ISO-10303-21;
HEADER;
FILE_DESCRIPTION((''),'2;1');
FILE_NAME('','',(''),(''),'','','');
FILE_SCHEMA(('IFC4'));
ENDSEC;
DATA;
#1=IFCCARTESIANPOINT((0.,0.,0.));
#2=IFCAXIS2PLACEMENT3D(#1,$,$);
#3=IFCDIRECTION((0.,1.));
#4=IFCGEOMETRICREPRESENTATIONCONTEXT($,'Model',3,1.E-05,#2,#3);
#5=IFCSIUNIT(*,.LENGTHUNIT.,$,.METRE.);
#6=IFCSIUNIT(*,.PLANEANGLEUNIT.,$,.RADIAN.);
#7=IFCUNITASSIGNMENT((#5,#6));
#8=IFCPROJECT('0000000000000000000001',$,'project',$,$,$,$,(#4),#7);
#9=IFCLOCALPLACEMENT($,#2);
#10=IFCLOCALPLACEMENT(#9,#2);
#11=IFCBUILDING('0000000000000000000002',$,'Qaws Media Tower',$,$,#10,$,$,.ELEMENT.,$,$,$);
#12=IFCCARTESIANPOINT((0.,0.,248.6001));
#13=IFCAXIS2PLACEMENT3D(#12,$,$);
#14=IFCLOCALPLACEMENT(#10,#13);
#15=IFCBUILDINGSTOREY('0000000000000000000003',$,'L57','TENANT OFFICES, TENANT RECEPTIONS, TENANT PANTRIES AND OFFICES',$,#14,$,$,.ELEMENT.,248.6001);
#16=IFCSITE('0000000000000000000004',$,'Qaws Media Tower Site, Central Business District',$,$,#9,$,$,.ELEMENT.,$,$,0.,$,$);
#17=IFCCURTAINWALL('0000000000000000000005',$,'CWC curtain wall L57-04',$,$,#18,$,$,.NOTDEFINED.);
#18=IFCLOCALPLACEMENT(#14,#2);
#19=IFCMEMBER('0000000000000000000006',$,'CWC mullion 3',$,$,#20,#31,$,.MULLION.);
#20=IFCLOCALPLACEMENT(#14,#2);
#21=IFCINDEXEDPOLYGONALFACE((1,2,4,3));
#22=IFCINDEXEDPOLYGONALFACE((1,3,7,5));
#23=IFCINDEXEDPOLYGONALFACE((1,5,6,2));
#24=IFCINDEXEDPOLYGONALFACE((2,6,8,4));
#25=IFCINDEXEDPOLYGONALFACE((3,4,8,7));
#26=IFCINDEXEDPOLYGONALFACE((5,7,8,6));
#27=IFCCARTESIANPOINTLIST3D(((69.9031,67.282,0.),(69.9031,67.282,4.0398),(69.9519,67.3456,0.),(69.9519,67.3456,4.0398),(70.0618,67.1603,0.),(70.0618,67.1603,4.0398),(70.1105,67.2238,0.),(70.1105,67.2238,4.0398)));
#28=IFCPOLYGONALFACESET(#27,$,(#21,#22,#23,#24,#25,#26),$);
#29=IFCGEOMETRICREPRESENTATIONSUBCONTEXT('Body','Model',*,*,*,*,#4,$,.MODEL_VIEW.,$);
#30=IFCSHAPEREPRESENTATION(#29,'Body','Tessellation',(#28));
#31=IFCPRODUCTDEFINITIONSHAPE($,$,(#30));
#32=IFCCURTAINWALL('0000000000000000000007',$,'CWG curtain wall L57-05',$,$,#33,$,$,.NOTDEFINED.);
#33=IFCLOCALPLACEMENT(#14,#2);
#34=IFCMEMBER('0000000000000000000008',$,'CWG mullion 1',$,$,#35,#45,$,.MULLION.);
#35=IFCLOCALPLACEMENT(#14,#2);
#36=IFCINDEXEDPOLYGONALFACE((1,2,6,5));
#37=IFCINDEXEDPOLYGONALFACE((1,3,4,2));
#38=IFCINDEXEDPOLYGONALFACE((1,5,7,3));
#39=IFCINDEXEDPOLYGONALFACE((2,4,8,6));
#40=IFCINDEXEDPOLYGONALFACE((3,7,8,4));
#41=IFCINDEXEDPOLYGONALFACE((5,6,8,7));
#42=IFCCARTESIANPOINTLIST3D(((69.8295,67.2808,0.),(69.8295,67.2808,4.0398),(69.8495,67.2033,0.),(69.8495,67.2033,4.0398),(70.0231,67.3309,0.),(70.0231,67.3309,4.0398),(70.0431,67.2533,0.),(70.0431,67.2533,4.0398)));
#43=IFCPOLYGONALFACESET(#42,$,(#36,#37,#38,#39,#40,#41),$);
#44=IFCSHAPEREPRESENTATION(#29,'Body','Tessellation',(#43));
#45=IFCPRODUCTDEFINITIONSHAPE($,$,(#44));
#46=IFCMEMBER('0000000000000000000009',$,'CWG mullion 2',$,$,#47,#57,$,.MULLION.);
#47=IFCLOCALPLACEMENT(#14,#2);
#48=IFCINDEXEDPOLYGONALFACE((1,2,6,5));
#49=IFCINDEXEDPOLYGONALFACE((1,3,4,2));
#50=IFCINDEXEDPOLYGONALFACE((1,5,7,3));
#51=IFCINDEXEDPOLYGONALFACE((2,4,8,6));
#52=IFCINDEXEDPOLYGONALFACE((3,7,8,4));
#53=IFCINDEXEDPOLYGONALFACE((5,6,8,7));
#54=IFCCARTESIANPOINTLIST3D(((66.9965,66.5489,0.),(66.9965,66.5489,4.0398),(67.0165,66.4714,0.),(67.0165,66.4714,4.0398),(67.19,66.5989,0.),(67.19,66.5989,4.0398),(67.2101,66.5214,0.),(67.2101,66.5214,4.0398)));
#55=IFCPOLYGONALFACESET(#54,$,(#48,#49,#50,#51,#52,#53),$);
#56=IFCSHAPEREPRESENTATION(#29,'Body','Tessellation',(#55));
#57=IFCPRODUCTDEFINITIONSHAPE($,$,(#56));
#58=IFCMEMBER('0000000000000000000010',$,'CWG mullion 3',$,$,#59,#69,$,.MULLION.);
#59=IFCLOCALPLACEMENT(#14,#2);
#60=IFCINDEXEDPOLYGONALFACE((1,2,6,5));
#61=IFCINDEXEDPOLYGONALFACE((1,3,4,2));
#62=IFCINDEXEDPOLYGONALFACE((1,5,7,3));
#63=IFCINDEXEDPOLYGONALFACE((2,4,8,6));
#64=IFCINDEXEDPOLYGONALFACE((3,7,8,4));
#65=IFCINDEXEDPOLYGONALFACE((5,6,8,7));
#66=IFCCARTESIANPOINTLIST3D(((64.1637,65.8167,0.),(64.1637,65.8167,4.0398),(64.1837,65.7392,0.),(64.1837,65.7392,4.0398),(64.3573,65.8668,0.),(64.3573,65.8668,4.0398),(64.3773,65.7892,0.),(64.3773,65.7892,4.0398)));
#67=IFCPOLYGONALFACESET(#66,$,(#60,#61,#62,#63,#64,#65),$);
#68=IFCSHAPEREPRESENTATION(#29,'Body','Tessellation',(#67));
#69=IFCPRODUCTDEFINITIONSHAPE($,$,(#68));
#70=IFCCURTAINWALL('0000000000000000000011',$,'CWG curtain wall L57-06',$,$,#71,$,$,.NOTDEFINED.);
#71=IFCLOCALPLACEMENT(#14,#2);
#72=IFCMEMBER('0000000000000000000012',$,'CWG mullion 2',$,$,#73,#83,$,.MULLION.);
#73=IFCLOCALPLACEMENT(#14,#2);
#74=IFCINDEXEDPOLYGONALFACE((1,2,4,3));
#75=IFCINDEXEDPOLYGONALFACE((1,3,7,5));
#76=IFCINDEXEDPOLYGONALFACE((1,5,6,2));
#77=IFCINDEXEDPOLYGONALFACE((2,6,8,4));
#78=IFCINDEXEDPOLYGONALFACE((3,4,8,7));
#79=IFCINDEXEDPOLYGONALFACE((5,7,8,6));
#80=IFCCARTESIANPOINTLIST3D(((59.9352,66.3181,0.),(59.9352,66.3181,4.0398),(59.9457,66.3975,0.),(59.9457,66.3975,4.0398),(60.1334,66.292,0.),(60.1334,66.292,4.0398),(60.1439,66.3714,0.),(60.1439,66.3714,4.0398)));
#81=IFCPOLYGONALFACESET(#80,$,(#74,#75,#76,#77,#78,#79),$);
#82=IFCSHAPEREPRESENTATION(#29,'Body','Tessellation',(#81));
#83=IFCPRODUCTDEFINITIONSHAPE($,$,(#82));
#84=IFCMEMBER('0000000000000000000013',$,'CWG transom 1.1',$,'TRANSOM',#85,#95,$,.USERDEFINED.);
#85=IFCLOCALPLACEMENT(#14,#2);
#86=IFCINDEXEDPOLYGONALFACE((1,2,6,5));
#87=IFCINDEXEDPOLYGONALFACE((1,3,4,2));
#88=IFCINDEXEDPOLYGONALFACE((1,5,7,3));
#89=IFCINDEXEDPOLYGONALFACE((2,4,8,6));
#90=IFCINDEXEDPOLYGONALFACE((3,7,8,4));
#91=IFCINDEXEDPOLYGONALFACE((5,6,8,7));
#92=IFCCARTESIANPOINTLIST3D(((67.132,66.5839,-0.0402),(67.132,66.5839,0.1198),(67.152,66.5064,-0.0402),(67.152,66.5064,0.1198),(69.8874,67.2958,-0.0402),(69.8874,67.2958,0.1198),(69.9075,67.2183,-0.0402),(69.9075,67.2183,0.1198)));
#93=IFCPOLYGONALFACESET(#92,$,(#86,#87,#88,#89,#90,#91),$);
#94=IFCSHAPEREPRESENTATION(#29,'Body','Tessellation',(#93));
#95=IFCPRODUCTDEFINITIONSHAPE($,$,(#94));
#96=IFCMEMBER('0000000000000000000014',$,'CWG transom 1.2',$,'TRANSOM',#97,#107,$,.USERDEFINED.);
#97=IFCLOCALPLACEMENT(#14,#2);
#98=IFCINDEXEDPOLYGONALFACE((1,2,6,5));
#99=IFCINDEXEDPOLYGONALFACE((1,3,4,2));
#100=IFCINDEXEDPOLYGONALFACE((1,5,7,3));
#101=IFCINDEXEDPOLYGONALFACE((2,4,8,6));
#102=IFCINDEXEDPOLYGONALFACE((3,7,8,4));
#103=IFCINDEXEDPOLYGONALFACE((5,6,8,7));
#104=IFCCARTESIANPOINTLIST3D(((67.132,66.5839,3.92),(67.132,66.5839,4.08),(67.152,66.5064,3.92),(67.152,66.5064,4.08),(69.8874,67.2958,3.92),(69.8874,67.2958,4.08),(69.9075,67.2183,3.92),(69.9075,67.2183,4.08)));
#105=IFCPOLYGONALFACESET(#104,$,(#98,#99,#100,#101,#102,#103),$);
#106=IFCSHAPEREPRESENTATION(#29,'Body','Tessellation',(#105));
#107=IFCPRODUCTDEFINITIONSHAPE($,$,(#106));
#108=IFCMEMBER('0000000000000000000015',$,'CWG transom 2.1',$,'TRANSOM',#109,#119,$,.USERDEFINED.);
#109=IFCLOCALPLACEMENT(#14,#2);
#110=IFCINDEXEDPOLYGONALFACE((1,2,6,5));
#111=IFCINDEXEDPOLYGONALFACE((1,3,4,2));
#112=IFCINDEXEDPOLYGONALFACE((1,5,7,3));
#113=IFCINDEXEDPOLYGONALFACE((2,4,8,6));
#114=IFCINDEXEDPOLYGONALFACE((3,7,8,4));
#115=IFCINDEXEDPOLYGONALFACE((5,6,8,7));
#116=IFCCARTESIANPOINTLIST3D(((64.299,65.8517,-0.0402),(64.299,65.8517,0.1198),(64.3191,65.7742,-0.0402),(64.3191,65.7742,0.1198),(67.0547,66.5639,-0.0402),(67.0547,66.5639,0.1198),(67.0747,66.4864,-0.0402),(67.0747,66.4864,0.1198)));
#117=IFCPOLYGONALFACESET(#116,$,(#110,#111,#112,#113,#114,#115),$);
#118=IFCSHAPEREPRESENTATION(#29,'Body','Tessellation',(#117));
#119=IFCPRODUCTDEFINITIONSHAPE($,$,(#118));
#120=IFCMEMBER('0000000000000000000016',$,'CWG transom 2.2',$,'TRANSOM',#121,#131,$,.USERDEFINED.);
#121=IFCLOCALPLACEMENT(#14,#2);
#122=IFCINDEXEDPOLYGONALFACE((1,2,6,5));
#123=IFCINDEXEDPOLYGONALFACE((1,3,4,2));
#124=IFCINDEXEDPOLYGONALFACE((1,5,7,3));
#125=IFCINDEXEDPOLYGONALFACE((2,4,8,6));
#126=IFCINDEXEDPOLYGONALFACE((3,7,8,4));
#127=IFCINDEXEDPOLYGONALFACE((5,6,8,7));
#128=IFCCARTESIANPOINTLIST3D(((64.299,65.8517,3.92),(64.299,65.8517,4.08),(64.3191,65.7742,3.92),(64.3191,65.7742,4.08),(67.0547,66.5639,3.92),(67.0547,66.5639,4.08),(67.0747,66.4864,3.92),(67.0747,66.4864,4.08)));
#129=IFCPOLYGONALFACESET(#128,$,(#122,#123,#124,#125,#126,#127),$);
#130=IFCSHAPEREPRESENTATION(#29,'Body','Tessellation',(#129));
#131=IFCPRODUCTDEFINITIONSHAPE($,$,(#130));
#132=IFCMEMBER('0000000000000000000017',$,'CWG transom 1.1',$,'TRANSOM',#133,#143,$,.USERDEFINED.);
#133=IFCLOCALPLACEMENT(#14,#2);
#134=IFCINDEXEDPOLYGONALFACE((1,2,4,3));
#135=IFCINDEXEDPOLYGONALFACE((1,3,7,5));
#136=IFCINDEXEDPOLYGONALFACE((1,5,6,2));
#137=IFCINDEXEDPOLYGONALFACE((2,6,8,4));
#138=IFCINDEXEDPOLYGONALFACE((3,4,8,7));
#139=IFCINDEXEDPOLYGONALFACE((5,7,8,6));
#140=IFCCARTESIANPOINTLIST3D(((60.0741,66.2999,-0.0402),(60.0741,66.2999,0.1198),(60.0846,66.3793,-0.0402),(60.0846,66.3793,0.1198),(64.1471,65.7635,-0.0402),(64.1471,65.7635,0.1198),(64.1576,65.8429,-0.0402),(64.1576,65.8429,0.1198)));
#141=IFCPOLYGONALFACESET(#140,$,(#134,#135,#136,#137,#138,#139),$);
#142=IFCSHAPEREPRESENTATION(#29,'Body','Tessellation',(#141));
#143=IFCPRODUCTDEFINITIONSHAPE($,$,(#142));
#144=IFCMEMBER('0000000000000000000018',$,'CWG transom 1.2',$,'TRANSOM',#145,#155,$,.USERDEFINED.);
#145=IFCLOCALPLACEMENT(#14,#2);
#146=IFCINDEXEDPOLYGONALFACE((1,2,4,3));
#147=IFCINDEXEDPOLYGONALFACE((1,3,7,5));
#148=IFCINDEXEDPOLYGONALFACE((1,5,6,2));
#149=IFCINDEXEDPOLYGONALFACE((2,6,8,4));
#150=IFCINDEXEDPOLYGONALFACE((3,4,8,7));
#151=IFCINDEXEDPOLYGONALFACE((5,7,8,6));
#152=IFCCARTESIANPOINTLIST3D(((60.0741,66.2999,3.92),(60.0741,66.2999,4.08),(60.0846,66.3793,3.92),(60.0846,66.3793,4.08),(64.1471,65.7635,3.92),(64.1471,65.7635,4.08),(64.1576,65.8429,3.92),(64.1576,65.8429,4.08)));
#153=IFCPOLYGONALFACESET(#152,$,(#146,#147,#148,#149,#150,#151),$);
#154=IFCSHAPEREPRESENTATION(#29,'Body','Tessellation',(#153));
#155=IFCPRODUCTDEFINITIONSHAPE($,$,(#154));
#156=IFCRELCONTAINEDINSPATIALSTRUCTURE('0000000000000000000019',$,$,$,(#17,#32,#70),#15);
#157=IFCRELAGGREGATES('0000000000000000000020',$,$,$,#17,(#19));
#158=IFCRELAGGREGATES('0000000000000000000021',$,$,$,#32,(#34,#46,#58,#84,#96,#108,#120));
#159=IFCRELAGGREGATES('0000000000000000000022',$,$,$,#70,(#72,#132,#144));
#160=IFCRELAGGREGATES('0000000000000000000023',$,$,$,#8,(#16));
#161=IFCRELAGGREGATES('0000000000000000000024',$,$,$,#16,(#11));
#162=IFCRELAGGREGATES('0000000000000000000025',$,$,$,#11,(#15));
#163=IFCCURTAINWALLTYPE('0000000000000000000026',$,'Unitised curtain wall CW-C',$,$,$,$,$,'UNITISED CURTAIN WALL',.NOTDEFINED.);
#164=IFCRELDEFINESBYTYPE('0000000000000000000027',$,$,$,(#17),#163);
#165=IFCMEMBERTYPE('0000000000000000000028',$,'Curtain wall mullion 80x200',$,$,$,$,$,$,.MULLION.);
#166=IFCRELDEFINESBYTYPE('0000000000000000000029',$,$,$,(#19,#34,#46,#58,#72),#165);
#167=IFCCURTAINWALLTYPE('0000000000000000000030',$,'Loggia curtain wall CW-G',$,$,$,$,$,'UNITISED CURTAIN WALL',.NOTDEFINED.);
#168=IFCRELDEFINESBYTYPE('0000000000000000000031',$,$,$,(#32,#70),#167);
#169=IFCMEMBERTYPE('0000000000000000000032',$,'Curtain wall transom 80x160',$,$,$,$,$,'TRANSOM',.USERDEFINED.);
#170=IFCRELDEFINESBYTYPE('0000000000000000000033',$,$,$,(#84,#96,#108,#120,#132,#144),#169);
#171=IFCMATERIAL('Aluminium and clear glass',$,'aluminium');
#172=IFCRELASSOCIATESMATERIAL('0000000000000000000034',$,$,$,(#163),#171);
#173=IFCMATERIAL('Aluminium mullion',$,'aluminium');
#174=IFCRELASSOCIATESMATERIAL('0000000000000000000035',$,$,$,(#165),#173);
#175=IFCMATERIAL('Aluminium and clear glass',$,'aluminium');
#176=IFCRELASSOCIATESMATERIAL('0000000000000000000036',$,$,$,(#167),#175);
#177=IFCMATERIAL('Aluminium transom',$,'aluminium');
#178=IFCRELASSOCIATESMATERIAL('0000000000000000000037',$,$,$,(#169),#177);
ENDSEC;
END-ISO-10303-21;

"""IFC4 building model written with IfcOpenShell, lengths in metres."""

from ifc_helpers import new_model, si_unit, direction, frame, origin, origin_2d, place, context, subcontext, project, spatial, rectangle, extrude, material, material_profile, profile_set, type_object, element, aggregate, save


model = new_model("IFC4")

# Units and contexts
model_context = context("Model", 3, precision=1e-05, world=origin(), true_north=direction((0.0, 1.0)))
body_context = subcontext(model_context, "Body", "Model", "MODEL_VIEW")
ifc_project = project(units=[si_unit("LENGTHUNIT", "METRE"), si_unit("PLANEANGLEUNIT", "RADIAN")], contexts=[model_context])

# Site, building, storey
site_placement = place(None, origin())
site = spatial("IfcSite", under=ifc_project, at=site_placement, Name="Qaws Media Tower Site, Central Business District", CompositionType="ELEMENT", RefElevation=0.0)
building_placement = place(site_placement, origin())
building = spatial("IfcBuilding", under=site, at=building_placement, Name="Qaws Media Tower", CompositionType="ELEMENT")
storey_placement = place(building_placement, frame((0.0, 0.0, 248.6001)))
storey = spatial("IfcBuildingStorey", under=building, at=storey_placement, Name="L57", Description="TENANT OFFICES, TENANT RECEPTIONS, TENANT PANTRIES AND OFFICES", CompositionType="ELEMENT", Elevation=248.6001)

# Curtain wall, member
ifc_material_1 = material(Name="Aluminium and clear glass", Category="aluminium")
curtain_wall_type_1 = type_object("IfcCurtainWallType", Name="Unitised curtain wall CW-C", ElementType="UNITISED CURTAIN WALL", PredefinedType="NOTDEFINED", material=ifc_material_1)
curtain_wall_1_placement = place(storey_placement, origin())
curtain_wall_1 = element("IfcCurtainWall", 1, at=curtain_wall_1_placement, inside=storey, type_object=curtain_wall_type_1, Name="CWC curtain wall L57-04", PredefinedType="NOTDEFINED")
ifc_material_2 = material(Name="Aluminium mullion", Category="aluminium")
ifc_material_profile_1 = material_profile(ifc_material_2, rectangle(XDim=0.0801, YDim=0.2, at=origin_2d()), Name="80x200")
ifc_profile_set_1 = profile_set([ifc_material_profile_1], Name="Aluminium mullion")
member_type_1 = type_object("IfcMemberType", Name="Curtain wall mullion 80x200", PredefinedType="MULLION", material=ifc_profile_set_1)
member_1_placement = place(storey_placement, frame((70.0068, 67.2529, 0.0), z_axis=(0.0, 0.0, 1.0), x_axis=(-0.608762, -0.793353, 0.0)))
member_1 = element("IfcMember", 2, at=member_1_placement, type_object=member_type_1, Name="CWC mullion 3", PredefinedType="MULLION", context=body_context, shape_type="SweptSolid", body=[
    extrude(rectangle(XDim=0.0801, YDim=0.2, at=origin_2d()), origin(), (0.0, 0.0, 1.0), 4.0398),
])

# Curtain wall, members
ifc_material_3 = material(Name="Aluminium and clear glass", Category="aluminium")
curtain_wall_type_2 = type_object("IfcCurtainWallType", Name="Loggia curtain wall CW-G", ElementType="UNITISED CURTAIN WALL", PredefinedType="NOTDEFINED", material=ifc_material_3)
curtain_wall_2_placement = place(storey_placement, origin())
curtain_wall_2 = element("IfcCurtainWall", 3, at=curtain_wall_2_placement, inside=storey, type_object=curtain_wall_type_2, Name="CWG curtain wall L57-05", PredefinedType="NOTDEFINED")
member_2_placement = place(storey_placement, frame((69.9363, 67.2671, 0.0), z_axis=(0.0, 0.0, 1.0), x_axis=(0.250222, -0.968189, 0.0)))
member_2 = element("IfcMember", 4, at=member_2_placement, type_object=member_type_1, Name="CWG mullion 1", PredefinedType="MULLION", context=body_context, shape_type="SweptSolid", body=[
    extrude(rectangle(XDim=0.0801, YDim=0.2, at=origin_2d()), origin(), (0.0, 0.0, 1.0), 4.0398),
])
member_3_placement = place(storey_placement, frame((67.1033, 66.5352, 0.0), z_axis=(0.0, 0.0, 1.0), x_axis=(0.250222, -0.968189, 0.0)))
member_3 = element("IfcMember", 5, at=member_3_placement, type_object=member_type_1, Name="CWG mullion 2", PredefinedType="MULLION", context=body_context, shape_type="SweptSolid", body=[
    extrude(rectangle(XDim=0.0801, YDim=0.2, at=origin_2d()), origin(), (0.0, 0.0, 1.0), 4.0398),
])
member_4_placement = place(storey_placement, frame((64.2705, 65.803, 0.0), z_axis=(0.0, 0.0, 1.0), x_axis=(0.250222, -0.968189, 0.0)))
member_4 = element("IfcMember", 6, at=member_4_placement, type_object=member_type_1, Name="CWG mullion 3", PredefinedType="MULLION", context=body_context, shape_type="SweptSolid", body=[
    extrude(rectangle(XDim=0.0801, YDim=0.2, at=origin_2d()), origin(), (0.0, 0.0, 1.0), 4.0398),
])

# Curtain wall, member
curtain_wall_3_placement = place(storey_placement, origin())
curtain_wall_3 = element("IfcCurtainWall", 7, at=curtain_wall_3_placement, inside=storey, type_object=curtain_wall_type_2, Name="CWG curtain wall L57-06", PredefinedType="NOTDEFINED")
member_5_placement = place(storey_placement, frame((60.0396, 66.3447, 0.0), z_axis=(0.0, 0.0, 1.0), x_axis=(-0.130526, -0.991445, 0.0)))
member_5 = element("IfcMember", 8, at=member_5_placement, type_object=member_type_1, Name="CWG mullion 2", PredefinedType="MULLION", context=body_context, shape_type="SweptSolid", body=[
    extrude(rectangle(XDim=0.0801, YDim=0.2, at=origin_2d()), origin(), (0.0, 0.0, 1.0), 4.0398),
])

# Members
ifc_material_4 = material(Name="Aluminium transom", Category="aluminium")
ifc_material_profile_2 = material_profile(ifc_material_4, rectangle(XDim=0.0801, YDim=0.1599, at=origin_2d()), Name="80x160")
ifc_profile_set_2 = profile_set([ifc_material_profile_2], Name="Aluminium transom")
member_type_2 = type_object("IfcMemberType", Name="Curtain wall transom 80x160", ElementType="TRANSOM", PredefinedType="USERDEFINED", material=ifc_profile_set_2)
member_6_placement = place(storey_placement, frame((69.8975, 67.2571, 0.0398), z_axis=(-0.968205, -0.250158, 0.0), x_axis=(0.250158, -0.968205, 0.0)))
member_6 = element("IfcMember", 9, at=member_6_placement, type_object=member_type_2, Name="CWG transom 1.1", ObjectType="TRANSOM", PredefinedType="USERDEFINED", context=body_context, shape_type="SweptSolid", body=[
    extrude(rectangle(XDim=0.0801, YDim=0.1599, at=origin_2d()), origin(), (0.0, 0.0, 1.0), 2.8459),
])
member_7_placement = place(storey_placement, frame((69.8975, 67.2571, 4.0), z_axis=(-0.968205, -0.250158, 0.0), x_axis=(0.250158, -0.968205, 0.0)))
member_7 = element("IfcMember", 10, at=member_7_placement, type_object=member_type_2, Name="CWG transom 1.2", ObjectType="TRANSOM", PredefinedType="USERDEFINED", context=body_context, shape_type="SweptSolid", body=[
    extrude(rectangle(XDim=0.0801, YDim=0.1599, at=origin_2d()), origin(), (0.0, 0.0, 1.0), 2.8459),
])
member_8_placement = place(storey_placement, frame((67.0647, 66.5251, 0.0398), z_axis=(-0.96819, -0.250218, 0.0), x_axis=(0.250218, -0.96819, 0.0)))
member_8 = element("IfcMember", 11, at=member_8_placement, type_object=member_type_2, Name="CWG transom 2.1", ObjectType="TRANSOM", PredefinedType="USERDEFINED", context=body_context, shape_type="SweptSolid", body=[
    extrude(rectangle(XDim=0.0801, YDim=0.1599, at=origin_2d()), origin(), (0.0, 0.0, 1.0), 2.8462),
])
member_9_placement = place(storey_placement, frame((67.0647, 66.5251, 4.0), z_axis=(-0.96819, -0.250218, 0.0), x_axis=(0.250218, -0.96819, 0.0)))
member_9 = element("IfcMember", 12, at=member_9_placement, type_object=member_type_2, Name="CWG transom 2.2", ObjectType="TRANSOM", PredefinedType="USERDEFINED", context=body_context, shape_type="SweptSolid", body=[
    extrude(rectangle(XDim=0.0801, YDim=0.1599, at=origin_2d()), origin(), (0.0, 0.0, 1.0), 2.8462),
])
member_10_placement = place(storey_placement, frame((64.1523, 65.8032, 0.0398), z_axis=(-0.99144, 0.130564, 0.0), x_axis=(-0.130564, -0.99144, 0.0)))
member_10 = element("IfcMember", 13, at=member_10_placement, type_object=member_type_2, Name="CWG transom 1.1", ObjectType="TRANSOM", PredefinedType="USERDEFINED", context=body_context, shape_type="SweptSolid", body=[
    extrude(rectangle(XDim=0.0801, YDim=0.1599, at=origin_2d()), origin(), (0.0, 0.0, 1.0), 4.1082),
])
member_11_placement = place(storey_placement, frame((64.1523, 65.8032, 4.0), z_axis=(-0.99144, 0.130564, 0.0), x_axis=(-0.130564, -0.99144, 0.0)))
member_11 = element("IfcMember", 14, at=member_11_placement, type_object=member_type_2, Name="CWG transom 1.2", ObjectType="TRANSOM", PredefinedType="USERDEFINED", context=body_context, shape_type="SweptSolid", body=[
    extrude(rectangle(XDim=0.0801, YDim=0.1599, at=origin_2d()), origin(), (0.0, 0.0, 1.0), 4.1082),
])

aggregate(curtain_wall_1, [member_1])
aggregate(curtain_wall_2, [member_2, member_3, member_4, member_6, member_7, member_8, member_9])
aggregate(curtain_wall_3, [member_5, member_10, member_11])

save(model, "model.ifc")
